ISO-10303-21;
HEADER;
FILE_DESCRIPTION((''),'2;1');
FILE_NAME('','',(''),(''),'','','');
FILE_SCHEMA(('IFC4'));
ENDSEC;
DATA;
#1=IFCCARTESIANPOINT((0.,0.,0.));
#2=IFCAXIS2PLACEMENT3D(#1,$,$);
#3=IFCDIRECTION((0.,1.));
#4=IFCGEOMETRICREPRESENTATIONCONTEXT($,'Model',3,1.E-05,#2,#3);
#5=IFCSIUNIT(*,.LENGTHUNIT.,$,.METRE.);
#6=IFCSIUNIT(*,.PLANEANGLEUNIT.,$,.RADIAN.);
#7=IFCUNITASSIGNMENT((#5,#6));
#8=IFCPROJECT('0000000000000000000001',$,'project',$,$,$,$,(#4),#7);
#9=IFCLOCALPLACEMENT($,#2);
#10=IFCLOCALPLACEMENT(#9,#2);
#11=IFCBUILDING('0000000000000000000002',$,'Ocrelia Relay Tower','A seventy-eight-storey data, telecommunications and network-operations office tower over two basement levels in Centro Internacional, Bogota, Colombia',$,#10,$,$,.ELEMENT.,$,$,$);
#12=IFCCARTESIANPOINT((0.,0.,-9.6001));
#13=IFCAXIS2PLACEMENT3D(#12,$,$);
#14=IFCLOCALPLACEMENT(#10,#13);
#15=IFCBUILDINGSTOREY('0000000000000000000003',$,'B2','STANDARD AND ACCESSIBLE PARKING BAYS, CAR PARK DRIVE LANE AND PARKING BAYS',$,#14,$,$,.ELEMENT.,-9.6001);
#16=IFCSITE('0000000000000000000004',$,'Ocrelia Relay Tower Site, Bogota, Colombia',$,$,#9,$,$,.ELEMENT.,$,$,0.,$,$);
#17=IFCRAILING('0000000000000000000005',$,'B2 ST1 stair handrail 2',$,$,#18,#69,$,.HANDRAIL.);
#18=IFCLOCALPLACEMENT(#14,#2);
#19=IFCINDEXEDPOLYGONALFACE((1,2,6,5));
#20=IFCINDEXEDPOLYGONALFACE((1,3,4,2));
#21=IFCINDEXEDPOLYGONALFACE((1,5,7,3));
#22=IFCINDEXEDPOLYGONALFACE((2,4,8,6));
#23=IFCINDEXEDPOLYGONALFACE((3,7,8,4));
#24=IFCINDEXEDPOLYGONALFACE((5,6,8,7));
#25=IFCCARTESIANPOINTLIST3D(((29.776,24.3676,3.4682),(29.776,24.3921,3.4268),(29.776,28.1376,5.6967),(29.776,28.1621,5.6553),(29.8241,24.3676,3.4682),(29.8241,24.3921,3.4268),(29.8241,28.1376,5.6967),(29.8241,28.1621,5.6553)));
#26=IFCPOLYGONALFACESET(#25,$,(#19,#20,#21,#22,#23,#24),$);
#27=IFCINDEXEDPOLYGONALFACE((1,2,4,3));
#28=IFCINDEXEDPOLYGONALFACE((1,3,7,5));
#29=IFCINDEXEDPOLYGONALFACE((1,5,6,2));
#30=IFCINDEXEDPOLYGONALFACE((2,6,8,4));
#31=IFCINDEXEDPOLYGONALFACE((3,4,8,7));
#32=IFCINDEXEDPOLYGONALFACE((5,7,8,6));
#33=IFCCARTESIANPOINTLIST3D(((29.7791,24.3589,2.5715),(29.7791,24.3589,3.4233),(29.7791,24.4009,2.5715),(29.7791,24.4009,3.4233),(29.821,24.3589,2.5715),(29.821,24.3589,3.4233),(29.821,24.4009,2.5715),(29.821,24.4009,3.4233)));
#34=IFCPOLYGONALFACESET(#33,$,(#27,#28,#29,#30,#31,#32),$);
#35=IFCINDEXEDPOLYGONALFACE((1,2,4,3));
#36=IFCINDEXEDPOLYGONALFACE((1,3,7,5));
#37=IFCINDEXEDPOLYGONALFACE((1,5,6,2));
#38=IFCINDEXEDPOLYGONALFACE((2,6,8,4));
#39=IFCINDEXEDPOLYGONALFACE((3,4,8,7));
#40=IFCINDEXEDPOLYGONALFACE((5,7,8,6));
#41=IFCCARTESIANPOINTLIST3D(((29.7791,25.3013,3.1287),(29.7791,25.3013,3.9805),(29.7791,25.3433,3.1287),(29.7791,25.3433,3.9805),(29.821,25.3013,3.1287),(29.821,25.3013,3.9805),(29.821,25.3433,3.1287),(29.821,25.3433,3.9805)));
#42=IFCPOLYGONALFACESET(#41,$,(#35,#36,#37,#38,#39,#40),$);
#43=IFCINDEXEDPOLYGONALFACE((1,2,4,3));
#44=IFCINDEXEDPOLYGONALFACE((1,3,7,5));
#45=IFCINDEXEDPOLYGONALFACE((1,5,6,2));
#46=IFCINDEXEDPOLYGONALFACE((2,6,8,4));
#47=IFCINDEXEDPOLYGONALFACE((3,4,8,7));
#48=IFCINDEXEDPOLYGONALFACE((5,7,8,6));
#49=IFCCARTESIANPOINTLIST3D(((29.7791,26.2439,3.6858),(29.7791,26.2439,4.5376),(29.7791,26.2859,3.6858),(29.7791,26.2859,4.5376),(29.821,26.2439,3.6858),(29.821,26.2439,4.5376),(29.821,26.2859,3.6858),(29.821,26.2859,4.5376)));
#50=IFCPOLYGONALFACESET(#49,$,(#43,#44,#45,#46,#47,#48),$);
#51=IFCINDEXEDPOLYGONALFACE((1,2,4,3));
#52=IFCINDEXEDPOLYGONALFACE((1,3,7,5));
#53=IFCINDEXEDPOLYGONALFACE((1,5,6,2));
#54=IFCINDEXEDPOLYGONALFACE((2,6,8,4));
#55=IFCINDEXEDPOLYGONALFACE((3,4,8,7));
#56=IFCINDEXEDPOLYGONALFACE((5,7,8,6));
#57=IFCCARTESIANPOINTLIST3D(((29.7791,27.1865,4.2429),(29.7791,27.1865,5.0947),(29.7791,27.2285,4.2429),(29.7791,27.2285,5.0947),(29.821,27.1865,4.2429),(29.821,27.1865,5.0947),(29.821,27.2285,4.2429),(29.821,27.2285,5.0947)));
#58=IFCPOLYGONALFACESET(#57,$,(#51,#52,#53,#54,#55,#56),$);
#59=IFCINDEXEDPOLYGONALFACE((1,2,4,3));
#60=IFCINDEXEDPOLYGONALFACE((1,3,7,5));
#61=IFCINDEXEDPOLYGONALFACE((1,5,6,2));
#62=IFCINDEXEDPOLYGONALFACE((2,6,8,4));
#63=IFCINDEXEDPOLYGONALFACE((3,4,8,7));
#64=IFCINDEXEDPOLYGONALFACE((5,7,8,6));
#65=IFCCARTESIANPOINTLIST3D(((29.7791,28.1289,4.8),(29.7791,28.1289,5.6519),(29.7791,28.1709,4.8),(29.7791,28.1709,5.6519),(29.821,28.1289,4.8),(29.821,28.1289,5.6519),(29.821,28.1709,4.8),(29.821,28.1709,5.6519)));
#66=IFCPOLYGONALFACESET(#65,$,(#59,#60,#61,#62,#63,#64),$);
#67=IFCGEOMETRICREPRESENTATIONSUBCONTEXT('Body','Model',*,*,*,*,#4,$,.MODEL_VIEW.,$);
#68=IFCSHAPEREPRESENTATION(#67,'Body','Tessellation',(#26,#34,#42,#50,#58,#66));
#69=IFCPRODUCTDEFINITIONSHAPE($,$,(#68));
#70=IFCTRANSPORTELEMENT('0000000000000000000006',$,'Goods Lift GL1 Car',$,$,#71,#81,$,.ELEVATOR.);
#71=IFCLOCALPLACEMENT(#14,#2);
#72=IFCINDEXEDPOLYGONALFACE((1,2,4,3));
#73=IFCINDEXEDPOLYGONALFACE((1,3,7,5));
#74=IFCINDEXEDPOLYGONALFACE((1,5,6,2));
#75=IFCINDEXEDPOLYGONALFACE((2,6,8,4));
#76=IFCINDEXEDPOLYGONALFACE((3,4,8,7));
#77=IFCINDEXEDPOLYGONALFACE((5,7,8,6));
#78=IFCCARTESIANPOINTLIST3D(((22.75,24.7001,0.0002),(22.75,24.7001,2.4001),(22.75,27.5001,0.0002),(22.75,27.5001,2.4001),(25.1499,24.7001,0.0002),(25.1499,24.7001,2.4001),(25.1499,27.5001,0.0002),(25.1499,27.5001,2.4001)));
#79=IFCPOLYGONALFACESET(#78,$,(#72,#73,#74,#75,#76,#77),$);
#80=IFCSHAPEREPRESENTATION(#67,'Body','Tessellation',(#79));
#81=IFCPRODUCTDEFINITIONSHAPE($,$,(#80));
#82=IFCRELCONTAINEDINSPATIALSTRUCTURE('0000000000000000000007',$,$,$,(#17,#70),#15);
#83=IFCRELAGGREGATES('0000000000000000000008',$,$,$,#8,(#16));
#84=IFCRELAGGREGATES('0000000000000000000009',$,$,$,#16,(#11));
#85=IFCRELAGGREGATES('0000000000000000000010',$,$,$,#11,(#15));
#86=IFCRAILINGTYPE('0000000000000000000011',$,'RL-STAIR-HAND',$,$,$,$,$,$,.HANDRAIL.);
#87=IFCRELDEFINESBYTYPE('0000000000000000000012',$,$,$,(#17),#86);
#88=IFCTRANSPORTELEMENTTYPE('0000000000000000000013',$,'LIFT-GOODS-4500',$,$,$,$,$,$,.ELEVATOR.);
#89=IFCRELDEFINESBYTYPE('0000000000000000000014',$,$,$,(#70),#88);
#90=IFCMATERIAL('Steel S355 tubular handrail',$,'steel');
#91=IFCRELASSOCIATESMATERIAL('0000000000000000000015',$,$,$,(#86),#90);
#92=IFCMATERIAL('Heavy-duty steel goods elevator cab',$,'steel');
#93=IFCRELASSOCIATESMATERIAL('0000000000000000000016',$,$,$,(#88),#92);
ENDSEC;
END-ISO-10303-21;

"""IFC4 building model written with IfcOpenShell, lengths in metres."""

from ifc_helpers import new_model, si_unit, direction, frame, origin, origin_2d, place, context, subcontext, project, spatial, rectangle, extrude, material, type_object, element, save


model = new_model("IFC4")

# Units and contexts
model_context = context("Model", 3, precision=1e-05, world=origin(), true_north=direction((0.0, 1.0)))
body_context = subcontext(model_context, "Body", "Model", "MODEL_VIEW")
ifc_project = project(units=[si_unit("LENGTHUNIT", "METRE"), si_unit("PLANEANGLEUNIT", "RADIAN")], contexts=[model_context])

# Site, building, storey
site_placement = place(None, origin())
site = spatial("IfcSite", under=ifc_project, at=site_placement, Name="Ocrelia Relay Tower Site, Bogota, Colombia", CompositionType="ELEMENT", RefElevation=0.0)
building_placement = place(site_placement, origin())
building = spatial("IfcBuilding", under=site, at=building_placement, Name="Ocrelia Relay Tower", Description="A seventy-eight-storey data, telecommunications and network-operations office tower over two basement levels in Centro Internacional, Bogota, Colombia", CompositionType="ELEMENT")
storey_placement = place(building_placement, frame((0.0, 0.0, -9.6001)))
storey = spatial("IfcBuildingStorey", under=building, at=storey_placement, Name="B2", Description="STANDARD AND ACCESSIBLE PARKING BAYS, CAR PARK DRIVE LANE AND PARKING BAYS", CompositionType="ELEMENT", Elevation=-9.6001)

# Railing
ifc_material_1 = material(Name="Steel S355 tubular handrail", Category="steel")
railing_type_1 = type_object("IfcRailingType", Name="RL-STAIR-HAND", PredefinedType="HANDRAIL", material=ifc_material_1)
railing_1_placement = place(storey_placement, frame((29.8, 24.3799, 2.5715)))
element("IfcRailing", 1, at=railing_1_placement, inside=storey, type_object=railing_type_1, Name="B2 ST1 stair handrail 2", PredefinedType="HANDRAIL", context=body_context, shape_type="SweptSolid", body=[
    extrude(rectangle(XDim=0.0481, YDim=0.0481, at=origin_2d()), frame((0.0, 0.0, 0.876), z_axis=(0.0, 0.860849, 0.508861), x_axis=(-1.0, 0.0, 0.0)), (0.0, 0.0, 1.0), 4.3794),
    extrude(rectangle(XDim=0.042, YDim=0.042, at=origin_2d()), origin(), (0.0, 0.0, 1.0), 0.8518),
    extrude(rectangle(XDim=0.042, YDim=0.042, at=origin_2d()), frame((0.0, 0.9424, 0.5571)), (0.0, 0.0, 1.0), 0.8518),
    extrude(rectangle(XDim=0.042, YDim=0.042, at=origin_2d()), frame((0.0, 1.885, 1.1143)), (0.0, 0.0, 1.0), 0.8518),
    extrude(rectangle(XDim=0.042, YDim=0.042, at=origin_2d()), frame((0.0, 2.8276, 1.6714)), (0.0, 0.0, 1.0), 0.8518),
    extrude(rectangle(XDim=0.042, YDim=0.042, at=origin_2d()), frame((0.0, 3.77, 2.2285)), (0.0, 0.0, 1.0), 0.8518),
])

# Transport element
ifc_material_2 = material(Name="Heavy-duty steel goods elevator cab", Category="steel")
transport_element_type = type_object("IfcTransportElementType", Name="LIFT-GOODS-4500", PredefinedType="ELEVATOR", material=ifc_material_2)
transport_element_placement = place(storey_placement, frame((23.95, 26.1001, 0.0002), z_axis=(0.0, 0.0, 1.0), x_axis=(1.0, 0.0, 0.0)))
element("IfcTransportElement", 2, at=transport_element_placement, inside=storey, type_object=transport_element_type, Name="Goods Lift GL1 Car", PredefinedType="ELEVATOR", context=body_context, shape_type="SweptSolid", body=[
    extrude(rectangle(XDim=2.3999, YDim=2.8, at=origin_2d()), origin(), (0.0, 0.0, 1.0), 2.3999),
])

save(model, "model.ifc")
